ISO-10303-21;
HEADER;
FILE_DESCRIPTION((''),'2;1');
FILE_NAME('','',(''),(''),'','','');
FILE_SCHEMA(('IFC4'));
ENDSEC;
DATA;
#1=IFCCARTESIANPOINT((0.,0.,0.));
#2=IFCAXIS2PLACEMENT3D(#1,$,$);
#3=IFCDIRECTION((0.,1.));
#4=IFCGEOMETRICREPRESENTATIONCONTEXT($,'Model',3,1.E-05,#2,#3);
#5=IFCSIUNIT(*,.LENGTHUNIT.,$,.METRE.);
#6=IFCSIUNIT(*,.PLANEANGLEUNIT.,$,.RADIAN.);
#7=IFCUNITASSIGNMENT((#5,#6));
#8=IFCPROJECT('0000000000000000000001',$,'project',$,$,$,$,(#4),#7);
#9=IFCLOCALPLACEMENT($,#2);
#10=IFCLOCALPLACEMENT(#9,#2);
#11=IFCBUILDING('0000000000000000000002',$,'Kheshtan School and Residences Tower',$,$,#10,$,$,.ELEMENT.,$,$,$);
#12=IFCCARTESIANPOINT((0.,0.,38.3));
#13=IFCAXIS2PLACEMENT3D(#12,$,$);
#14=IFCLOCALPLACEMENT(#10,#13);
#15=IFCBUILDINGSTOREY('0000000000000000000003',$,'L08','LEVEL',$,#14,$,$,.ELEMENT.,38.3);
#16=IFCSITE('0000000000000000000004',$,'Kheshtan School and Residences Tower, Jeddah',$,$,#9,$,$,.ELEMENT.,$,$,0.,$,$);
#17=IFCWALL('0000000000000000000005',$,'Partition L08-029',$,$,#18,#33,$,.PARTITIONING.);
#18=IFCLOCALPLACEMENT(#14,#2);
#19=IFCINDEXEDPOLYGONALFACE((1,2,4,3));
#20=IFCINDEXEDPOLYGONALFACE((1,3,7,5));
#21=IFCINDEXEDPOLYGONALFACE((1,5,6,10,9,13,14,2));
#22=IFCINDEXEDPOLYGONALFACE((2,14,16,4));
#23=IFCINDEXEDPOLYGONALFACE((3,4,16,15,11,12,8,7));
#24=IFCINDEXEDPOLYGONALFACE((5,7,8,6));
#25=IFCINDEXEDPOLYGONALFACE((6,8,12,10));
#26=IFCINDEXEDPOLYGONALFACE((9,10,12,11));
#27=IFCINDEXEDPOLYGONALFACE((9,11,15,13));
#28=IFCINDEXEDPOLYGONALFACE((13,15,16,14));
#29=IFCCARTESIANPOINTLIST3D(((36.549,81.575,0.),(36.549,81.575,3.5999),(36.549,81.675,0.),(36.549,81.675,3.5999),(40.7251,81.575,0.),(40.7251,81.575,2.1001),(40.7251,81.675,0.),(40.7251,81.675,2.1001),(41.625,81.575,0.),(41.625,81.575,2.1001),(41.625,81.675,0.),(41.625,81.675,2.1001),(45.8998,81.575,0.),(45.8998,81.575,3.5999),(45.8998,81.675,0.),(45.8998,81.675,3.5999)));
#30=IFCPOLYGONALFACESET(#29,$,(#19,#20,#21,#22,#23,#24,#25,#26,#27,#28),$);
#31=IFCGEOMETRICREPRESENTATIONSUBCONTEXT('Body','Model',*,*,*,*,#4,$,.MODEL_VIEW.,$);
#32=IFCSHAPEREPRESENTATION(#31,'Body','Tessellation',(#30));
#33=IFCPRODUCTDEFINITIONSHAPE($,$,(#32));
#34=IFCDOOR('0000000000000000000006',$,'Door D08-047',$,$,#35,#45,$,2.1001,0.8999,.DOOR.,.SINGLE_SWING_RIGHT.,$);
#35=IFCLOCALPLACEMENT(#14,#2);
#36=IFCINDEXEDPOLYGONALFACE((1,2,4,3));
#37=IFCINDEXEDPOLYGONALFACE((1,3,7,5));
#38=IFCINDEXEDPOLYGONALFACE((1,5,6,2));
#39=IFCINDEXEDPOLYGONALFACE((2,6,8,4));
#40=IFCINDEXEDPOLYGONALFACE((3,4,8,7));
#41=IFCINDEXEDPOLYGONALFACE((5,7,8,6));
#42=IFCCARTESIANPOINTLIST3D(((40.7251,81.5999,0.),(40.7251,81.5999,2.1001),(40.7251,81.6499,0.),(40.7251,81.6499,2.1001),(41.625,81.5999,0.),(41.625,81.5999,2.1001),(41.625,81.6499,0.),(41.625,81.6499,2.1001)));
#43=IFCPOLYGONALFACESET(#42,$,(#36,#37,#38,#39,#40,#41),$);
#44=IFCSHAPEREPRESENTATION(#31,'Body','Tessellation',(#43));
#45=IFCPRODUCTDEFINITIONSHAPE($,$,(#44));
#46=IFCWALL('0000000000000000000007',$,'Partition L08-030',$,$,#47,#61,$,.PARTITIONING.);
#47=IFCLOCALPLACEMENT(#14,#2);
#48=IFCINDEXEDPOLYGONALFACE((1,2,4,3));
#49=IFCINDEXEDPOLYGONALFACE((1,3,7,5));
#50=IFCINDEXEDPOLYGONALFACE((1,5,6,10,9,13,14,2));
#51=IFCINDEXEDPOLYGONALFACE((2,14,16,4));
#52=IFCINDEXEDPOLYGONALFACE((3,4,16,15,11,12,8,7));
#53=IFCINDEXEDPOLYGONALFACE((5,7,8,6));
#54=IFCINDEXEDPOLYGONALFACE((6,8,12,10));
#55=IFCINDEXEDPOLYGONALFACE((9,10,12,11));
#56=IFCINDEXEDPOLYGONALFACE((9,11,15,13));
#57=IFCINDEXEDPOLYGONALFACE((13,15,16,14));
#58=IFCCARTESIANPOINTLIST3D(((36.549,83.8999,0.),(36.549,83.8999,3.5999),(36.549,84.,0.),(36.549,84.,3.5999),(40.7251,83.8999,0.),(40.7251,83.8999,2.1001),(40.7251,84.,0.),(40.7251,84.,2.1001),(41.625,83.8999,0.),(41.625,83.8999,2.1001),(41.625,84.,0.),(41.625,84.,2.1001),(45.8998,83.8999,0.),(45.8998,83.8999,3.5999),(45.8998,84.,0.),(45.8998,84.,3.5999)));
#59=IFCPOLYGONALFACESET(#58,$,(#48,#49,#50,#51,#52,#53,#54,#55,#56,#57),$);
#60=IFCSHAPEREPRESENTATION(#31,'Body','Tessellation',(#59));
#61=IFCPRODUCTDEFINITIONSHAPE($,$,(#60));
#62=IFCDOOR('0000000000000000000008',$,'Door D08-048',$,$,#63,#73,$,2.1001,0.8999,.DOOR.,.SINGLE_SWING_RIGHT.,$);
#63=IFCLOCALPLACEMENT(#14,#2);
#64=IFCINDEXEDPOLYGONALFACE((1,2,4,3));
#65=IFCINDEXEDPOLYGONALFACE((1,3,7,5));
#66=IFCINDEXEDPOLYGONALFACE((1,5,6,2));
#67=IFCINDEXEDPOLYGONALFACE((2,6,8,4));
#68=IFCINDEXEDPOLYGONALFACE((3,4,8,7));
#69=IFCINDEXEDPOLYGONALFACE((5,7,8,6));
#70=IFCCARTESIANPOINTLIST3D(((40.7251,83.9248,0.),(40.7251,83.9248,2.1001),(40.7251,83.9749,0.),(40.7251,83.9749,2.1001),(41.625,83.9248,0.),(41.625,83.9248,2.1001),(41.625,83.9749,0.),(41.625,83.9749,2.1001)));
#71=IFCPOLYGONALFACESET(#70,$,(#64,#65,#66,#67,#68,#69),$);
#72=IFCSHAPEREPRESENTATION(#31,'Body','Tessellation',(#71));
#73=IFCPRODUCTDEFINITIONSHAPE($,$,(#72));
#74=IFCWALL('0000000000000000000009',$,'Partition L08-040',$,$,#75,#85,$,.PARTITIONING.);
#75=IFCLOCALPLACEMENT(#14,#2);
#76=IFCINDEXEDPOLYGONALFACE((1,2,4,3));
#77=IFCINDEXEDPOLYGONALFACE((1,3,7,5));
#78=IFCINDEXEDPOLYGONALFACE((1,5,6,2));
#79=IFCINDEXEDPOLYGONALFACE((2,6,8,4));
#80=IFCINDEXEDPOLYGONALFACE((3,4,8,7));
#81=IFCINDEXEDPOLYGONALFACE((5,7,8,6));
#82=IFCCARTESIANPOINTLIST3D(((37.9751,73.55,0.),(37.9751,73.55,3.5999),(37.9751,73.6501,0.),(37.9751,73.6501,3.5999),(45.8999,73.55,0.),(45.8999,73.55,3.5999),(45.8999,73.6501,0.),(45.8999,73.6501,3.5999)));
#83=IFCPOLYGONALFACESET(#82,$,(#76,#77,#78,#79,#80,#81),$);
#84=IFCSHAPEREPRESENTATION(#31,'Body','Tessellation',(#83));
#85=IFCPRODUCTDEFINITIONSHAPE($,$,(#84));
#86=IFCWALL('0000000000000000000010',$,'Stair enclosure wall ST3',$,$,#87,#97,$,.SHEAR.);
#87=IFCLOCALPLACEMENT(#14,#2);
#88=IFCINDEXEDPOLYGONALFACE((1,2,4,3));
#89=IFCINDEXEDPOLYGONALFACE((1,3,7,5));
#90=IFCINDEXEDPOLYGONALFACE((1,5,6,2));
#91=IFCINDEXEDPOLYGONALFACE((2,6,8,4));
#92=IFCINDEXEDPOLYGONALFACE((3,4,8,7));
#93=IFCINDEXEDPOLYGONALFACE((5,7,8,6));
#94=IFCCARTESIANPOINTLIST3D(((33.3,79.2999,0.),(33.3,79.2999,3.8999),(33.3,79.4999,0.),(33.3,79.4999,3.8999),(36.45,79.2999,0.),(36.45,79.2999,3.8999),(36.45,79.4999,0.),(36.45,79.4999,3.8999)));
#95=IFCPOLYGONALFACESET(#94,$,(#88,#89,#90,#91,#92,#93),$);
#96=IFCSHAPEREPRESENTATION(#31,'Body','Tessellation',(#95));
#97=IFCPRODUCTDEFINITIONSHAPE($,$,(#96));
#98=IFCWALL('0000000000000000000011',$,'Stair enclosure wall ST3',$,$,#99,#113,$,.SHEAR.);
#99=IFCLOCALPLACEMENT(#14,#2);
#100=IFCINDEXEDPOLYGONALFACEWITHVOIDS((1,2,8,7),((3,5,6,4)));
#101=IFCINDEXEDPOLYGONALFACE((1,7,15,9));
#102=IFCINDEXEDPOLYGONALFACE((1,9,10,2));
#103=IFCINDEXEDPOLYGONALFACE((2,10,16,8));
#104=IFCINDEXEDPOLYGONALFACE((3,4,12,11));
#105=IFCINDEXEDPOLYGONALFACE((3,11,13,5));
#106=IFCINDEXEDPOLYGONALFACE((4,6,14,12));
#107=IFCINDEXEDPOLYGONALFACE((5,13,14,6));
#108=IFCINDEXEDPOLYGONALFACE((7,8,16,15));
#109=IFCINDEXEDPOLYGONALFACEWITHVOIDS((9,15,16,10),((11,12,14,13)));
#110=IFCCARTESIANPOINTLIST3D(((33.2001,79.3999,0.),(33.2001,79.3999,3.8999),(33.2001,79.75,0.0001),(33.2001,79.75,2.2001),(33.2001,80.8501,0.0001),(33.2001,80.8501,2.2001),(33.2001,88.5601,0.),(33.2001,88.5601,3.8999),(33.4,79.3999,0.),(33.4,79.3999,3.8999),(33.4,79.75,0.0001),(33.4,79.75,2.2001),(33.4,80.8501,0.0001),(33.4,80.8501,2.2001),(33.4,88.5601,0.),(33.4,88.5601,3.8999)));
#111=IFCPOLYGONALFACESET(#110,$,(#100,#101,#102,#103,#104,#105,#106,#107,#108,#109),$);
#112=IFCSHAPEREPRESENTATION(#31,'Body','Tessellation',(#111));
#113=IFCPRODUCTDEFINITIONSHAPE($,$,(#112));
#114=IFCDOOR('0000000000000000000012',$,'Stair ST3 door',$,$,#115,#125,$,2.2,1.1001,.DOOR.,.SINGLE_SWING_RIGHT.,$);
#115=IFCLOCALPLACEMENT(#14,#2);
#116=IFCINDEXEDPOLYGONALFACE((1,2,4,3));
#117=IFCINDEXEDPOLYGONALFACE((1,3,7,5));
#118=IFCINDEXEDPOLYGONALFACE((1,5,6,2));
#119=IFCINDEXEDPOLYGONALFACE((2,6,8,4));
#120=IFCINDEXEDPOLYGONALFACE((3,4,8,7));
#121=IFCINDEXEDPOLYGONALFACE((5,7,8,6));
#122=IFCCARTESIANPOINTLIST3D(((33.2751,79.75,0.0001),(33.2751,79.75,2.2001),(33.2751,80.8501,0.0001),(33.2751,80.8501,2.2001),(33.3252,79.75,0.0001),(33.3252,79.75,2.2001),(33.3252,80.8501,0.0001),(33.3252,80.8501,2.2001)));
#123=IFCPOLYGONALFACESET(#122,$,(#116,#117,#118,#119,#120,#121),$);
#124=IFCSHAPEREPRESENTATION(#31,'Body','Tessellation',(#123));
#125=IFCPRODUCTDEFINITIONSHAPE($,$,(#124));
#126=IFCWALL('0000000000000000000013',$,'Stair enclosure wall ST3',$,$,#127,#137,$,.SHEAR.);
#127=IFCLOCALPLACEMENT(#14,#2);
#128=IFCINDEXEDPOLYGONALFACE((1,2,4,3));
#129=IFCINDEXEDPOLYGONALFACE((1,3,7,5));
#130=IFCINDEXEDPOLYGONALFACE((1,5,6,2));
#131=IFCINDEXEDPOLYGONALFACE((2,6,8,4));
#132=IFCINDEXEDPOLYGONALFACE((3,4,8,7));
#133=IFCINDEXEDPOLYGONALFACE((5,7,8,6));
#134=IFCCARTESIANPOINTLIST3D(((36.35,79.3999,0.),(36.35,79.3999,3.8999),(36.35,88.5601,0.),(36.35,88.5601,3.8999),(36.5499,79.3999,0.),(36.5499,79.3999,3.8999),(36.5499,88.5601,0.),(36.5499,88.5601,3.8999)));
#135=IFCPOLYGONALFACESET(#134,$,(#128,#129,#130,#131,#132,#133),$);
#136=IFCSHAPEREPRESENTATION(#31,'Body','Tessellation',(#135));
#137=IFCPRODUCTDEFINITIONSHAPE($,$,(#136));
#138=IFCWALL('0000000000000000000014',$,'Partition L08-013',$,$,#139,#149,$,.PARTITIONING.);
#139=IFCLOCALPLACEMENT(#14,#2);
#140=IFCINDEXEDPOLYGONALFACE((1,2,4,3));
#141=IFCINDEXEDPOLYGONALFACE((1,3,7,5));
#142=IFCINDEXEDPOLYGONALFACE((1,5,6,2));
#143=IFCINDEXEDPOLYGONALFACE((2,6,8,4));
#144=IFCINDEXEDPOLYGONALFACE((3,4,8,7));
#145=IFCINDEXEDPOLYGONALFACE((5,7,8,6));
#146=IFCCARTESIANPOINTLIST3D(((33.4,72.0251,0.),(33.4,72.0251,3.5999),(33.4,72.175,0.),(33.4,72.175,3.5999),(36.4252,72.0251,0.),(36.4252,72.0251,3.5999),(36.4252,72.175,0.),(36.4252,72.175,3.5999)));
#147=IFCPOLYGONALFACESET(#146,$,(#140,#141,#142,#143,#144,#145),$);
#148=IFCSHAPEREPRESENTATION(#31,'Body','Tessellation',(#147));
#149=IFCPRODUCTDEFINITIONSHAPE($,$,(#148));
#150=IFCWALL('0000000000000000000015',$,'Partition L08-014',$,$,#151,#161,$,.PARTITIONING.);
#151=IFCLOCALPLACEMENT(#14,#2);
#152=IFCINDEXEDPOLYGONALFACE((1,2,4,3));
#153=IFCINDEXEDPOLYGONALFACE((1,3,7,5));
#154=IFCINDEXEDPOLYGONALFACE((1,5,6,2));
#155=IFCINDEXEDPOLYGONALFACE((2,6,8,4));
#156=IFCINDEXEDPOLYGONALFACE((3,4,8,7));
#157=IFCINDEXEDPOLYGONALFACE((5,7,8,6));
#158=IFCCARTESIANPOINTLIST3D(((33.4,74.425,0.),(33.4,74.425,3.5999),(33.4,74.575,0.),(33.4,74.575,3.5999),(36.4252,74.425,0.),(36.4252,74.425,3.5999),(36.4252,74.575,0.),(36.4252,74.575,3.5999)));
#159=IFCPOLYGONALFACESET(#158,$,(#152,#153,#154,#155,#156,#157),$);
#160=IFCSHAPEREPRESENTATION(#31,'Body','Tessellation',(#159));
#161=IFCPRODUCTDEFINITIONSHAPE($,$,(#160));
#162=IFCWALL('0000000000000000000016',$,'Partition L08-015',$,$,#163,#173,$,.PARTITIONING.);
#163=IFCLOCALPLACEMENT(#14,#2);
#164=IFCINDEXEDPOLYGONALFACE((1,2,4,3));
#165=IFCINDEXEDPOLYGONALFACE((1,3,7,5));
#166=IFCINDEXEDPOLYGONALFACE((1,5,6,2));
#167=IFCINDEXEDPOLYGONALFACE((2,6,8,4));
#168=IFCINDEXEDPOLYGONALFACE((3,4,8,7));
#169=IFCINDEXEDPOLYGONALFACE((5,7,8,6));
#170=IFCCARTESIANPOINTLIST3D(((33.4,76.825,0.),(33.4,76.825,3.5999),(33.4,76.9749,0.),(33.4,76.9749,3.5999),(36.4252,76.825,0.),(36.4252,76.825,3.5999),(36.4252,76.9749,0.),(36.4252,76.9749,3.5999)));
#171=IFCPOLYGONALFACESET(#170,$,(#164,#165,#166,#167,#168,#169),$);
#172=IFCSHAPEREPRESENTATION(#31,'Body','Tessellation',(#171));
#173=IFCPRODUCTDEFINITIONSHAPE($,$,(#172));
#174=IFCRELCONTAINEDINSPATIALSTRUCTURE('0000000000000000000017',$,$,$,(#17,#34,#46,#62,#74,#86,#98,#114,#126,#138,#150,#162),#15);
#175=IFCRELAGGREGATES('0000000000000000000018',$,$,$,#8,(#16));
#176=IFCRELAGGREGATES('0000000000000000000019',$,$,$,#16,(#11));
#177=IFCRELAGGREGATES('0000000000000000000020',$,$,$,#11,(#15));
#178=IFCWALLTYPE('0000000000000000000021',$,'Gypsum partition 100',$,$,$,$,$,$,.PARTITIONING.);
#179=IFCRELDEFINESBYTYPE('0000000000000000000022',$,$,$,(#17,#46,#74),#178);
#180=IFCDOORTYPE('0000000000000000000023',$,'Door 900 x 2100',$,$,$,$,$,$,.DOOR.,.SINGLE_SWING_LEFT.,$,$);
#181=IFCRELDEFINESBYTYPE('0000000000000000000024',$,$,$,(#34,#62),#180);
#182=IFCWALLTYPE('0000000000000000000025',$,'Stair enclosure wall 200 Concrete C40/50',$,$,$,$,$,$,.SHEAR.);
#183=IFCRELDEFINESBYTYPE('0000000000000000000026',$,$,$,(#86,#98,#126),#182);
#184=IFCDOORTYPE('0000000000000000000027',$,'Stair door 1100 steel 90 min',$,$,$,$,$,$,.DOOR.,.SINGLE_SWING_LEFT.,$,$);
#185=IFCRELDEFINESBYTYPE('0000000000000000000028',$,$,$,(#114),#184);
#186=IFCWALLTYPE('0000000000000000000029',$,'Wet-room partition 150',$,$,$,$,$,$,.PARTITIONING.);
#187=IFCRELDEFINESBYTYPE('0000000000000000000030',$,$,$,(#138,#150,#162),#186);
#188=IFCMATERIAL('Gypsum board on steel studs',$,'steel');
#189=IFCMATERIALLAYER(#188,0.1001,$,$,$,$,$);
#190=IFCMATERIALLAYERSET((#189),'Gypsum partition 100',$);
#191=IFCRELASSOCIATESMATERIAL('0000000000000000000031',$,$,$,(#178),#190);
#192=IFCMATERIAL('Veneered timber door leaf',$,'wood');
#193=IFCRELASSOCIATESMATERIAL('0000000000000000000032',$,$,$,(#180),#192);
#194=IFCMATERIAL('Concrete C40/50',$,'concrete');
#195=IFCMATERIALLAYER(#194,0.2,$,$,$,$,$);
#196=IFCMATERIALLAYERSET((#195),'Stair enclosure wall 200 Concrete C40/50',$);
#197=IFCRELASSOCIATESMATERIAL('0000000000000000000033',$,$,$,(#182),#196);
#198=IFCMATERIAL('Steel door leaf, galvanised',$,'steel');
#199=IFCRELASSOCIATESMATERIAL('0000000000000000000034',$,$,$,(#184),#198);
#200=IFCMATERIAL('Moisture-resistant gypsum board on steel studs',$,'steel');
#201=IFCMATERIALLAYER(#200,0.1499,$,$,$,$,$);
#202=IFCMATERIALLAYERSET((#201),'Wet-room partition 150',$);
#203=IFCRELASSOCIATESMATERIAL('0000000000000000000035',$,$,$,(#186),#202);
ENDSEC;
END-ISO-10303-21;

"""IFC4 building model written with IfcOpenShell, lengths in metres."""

from ifc_helpers import new_model, si_unit, direction, frame, frame_2d, origin, place, context, subcontext, project, spatial, rectangle, extrude, source, transform, mapped, material, layer, layer_set, type_object, element, fill, save


model = new_model("IFC4")

# Units and contexts
model_context = context("Model", 3, precision=1e-05, world=origin(), true_north=direction((0.0, 1.0)))
body_context = subcontext(model_context, "Body", "Model", "MODEL_VIEW")
ifc_project = project(units=[si_unit("LENGTHUNIT", "METRE"), si_unit("PLANEANGLEUNIT", "RADIAN")], contexts=[model_context])

# Site, building, storey
site_placement = place(None, origin())
site = spatial("IfcSite", under=ifc_project, at=site_placement, Name="Kheshtan School and Residences Tower, Jeddah", CompositionType="ELEMENT", RefElevation=0.0)
building_placement = place(site_placement, origin())
building = spatial("IfcBuilding", under=site, at=building_placement, Name="Kheshtan School and Residences Tower", CompositionType="ELEMENT")
storey_placement = place(building_placement, frame((0.0, 0.0, 38.3)))
storey = spatial("IfcBuildingStorey", under=building, at=storey_placement, Name="L08", Description="LEVEL", CompositionType="ELEMENT", Elevation=38.3)

# Walls, openings, doors
ifc_material_1 = material(Name="Gypsum board on steel studs", Category="steel")
ifc_layer_1 = layer(ifc_material_1, 0.1001)
ifc_layer_set_1 = layer_set([ifc_layer_1], Name="Gypsum partition 100")
wall_type_1 = type_object("IfcWallType", Name="Gypsum partition 100", PredefinedType="PARTITIONING", material=ifc_layer_set_1)
ifc_material_2 = material(Name="Veneered timber door leaf", Category="wood")
door_type_1 = type_object("IfcDoorType", Name="Door 900 x 2100", OperationType="SINGLE_SWING_LEFT", PredefinedType="DOOR", material=ifc_material_2)
shared_shape_1 = source(origin(), body_context, "Body", "SweptSolid", [
    extrude(rectangle(XDim=0.8999, YDim=2.1001, at=frame_2d((0.45, 1.05))), frame((0.0, 0.0249, 0.0), z_axis=(0.0, -1.0, 0.0), x_axis=(1.0, 0.0, 0.0)), (0.0, 0.0, 1.0), 0.05),
])
wall_1_placement = place(storey_placement, frame((36.5491, 81.625, 0.0), z_axis=(0.0, 0.0, 1.0), x_axis=(1.0, 0.0, 0.0)))
wall_1 = element("IfcWall", 1, at=wall_1_placement, inside=storey, type_object=wall_type_1, Name="Partition L08-029", PredefinedType="PARTITIONING", context=body_context, shape_type="SweptSolid", body=[
    extrude(rectangle(XDim=9.3508, YDim=0.1001, at=frame_2d((4.6753, 0.0))), origin(), (0.0, 0.0, 1.0), 3.5999),
])
opening_1_placement = place(wall_1_placement, frame((4.176, 0.0, 0.0)))
opening_1 = element("IfcOpeningElement", 2, at=opening_1_placement, cuts=wall_1, PredefinedType="OPENING", context=body_context, shape_type="SweptSolid", body=[
    extrude(rectangle(XDim=0.8999, YDim=2.1001, at=frame_2d((0.45, 1.05))), frame((0.0, 0.0601, 0.0), z_axis=(0.0, -1.0, 0.0), x_axis=(1.0, 0.0, 0.0)), (0.0, 0.0, 1.0), 0.1201),
])
door_1_placement = place(opening_1_placement, origin())
door_1 = element("IfcDoor", 3, at=door_1_placement, inside=storey, type_object=door_type_1, Name="Door D08-047", OperationType="SINGLE_SWING_RIGHT", OverallHeight=2.1001, OverallWidth=0.8999, PredefinedType="DOOR", context=body_context, shape_type="MappedRepresentation", body=[
    mapped(shared_shape_1, transform((0.0, 0.0, 0.0), x_axis=(1.0, 0.0, 0.0), y_axis=(0.0, 1.0, 0.0), z_axis=(0.0, 0.0, 1.0), scale=1.0)),
])
fill(opening_1, door_1)
wall_2_placement = place(storey_placement, frame((36.5491, 83.95, 0.0), z_axis=(0.0, 0.0, 1.0), x_axis=(1.0, 0.0, 0.0)))
wall_2 = element("IfcWall", 4, at=wall_2_placement, inside=storey, type_object=wall_type_1, Name="Partition L08-030", PredefinedType="PARTITIONING", context=body_context, shape_type="SweptSolid", body=[
    extrude(rectangle(XDim=9.3508, YDim=0.1001, at=frame_2d((4.6753, 0.0))), origin(), (0.0, 0.0, 1.0), 3.5999),
])
opening_2_placement = place(wall_2_placement, frame((4.176, 0.0, 0.0)))
opening_2 = element("IfcOpeningElement", 5, at=opening_2_placement, cuts=wall_2, PredefinedType="OPENING", context=body_context, shape_type="SweptSolid", body=[
    extrude(rectangle(XDim=0.8999, YDim=2.1001, at=frame_2d((0.45, 1.05))), frame((0.0, 0.0601, 0.0), z_axis=(0.0, -1.0, 0.0), x_axis=(1.0, 0.0, 0.0)), (0.0, 0.0, 1.0), 0.1201),
])
door_2_placement = place(opening_2_placement, origin())
door_2 = element("IfcDoor", 6, at=door_2_placement, inside=storey, type_object=door_type_1, Name="Door D08-048", OperationType="SINGLE_SWING_RIGHT", OverallHeight=2.1001, OverallWidth=0.8999, PredefinedType="DOOR", context=body_context, shape_type="MappedRepresentation", body=[
    mapped(shared_shape_1, transform((0.0, 0.0, 0.0), x_axis=(1.0, 0.0, 0.0), y_axis=(0.0, 1.0, 0.0), z_axis=(0.0, 0.0, 1.0), scale=1.0)),
])
fill(opening_2, door_2)

# Walls
wall_3_placement = place(storey_placement, frame((37.9751, 73.6001, 0.0), z_axis=(0.0, 0.0, 1.0), x_axis=(1.0, 0.0, 0.0)))
element("IfcWall", 7, at=wall_3_placement, inside=storey, type_object=wall_type_1, Name="Partition L08-040", PredefinedType="PARTITIONING", context=body_context, shape_type="SweptSolid", body=[
    extrude(rectangle(XDim=7.9248, YDim=0.1001, at=frame_2d((3.9624, 0.0))), origin(), (0.0, 0.0, 1.0), 3.5999),
])
ifc_material_3 = material(Name="Concrete C40/50", Category="concrete")
ifc_layer_2 = layer(ifc_material_3, 0.2)
ifc_layer_set_2 = layer_set([ifc_layer_2], Name="Stair enclosure wall 200 Concrete C40/50")
wall_type_2 = type_object("IfcWallType", Name="Stair enclosure wall 200 Concrete C40/50", PredefinedType="SHEAR", material=ifc_layer_set_2)
wall_4_placement = place(storey_placement, frame((33.3, 79.3999, 0.0), z_axis=(0.0, 0.0, 1.0), x_axis=(1.0, 0.0, 0.0)))
element("IfcWall", 8, at=wall_4_placement, inside=storey, type_object=wall_type_2, Name="Stair enclosure wall ST3", PredefinedType="SHEAR", context=body_context, shape_type="SweptSolid", body=[
    extrude(rectangle(XDim=3.1499, YDim=0.2, at=frame_2d((1.575, 0.0))), origin(), (0.0, 0.0, 1.0), 3.8999),
])

# Wall, opening, door
wall_5_placement = place(storey_placement, frame((33.3, 79.3999, 0.0), z_axis=(0.0, 0.0, 1.0), x_axis=(0.0, 1.0, 0.0)))
wall_5 = element("IfcWall", 9, at=wall_5_placement, inside=storey, type_object=wall_type_2, Name="Stair enclosure wall ST3", PredefinedType="SHEAR", context=body_context, shape_type="SweptSolid", body=[
    extrude(rectangle(XDim=9.1602, YDim=0.2, at=frame_2d((4.5801, 0.0))), origin(), (0.0, 0.0, 1.0), 3.8999),
])
opening_3_placement = place(wall_5_placement, frame((0.3501, 0.0, 0.0)))
opening_3 = element("IfcOpeningElement", 10, at=opening_3_placement, cuts=wall_5, PredefinedType="OPENING", context=body_context, shape_type="SweptSolid", body=[
    extrude(rectangle(XDim=1.1001, YDim=2.2, at=frame_2d((0.55, 1.1001))), frame((0.0, 0.1099, 0.0), z_axis=(0.0, -1.0, 0.0), x_axis=(1.0, 0.0, 0.0)), (0.0, 0.0, 1.0), 0.22),
])
ifc_material_4 = material(Name="Steel door leaf, galvanised", Category="steel")
door_type_2 = type_object("IfcDoorType", Name="Stair door 1100 steel 90 min", OperationType="SINGLE_SWING_LEFT", PredefinedType="DOOR", material=ifc_material_4)
shared_shape_2 = source(origin(), body_context, "Body", "SweptSolid", [
    extrude(rectangle(XDim=1.1001, YDim=2.2, at=frame_2d((0.55, 1.1001))), frame((0.0, 0.0249, 0.0), z_axis=(0.0, -1.0, 0.0), x_axis=(1.0, 0.0, 0.0)), (0.0, 0.0, 1.0), 0.05),
])
door_3_placement = place(opening_3_placement, origin())
door_3 = element("IfcDoor", 11, at=door_3_placement, inside=storey, type_object=door_type_2, Name="Stair ST3 door", OperationType="SINGLE_SWING_RIGHT", OverallHeight=2.2, OverallWidth=1.1001, PredefinedType="DOOR", context=body_context, shape_type="MappedRepresentation", body=[
    mapped(shared_shape_2, transform((0.0, 0.0, 0.0), x_axis=(1.0, 0.0, 0.0), y_axis=(0.0, 1.0, 0.0), z_axis=(0.0, 0.0, 1.0), scale=1.0)),
])
fill(opening_3, door_3)

# Walls
wall_6_placement = place(storey_placement, frame((36.45, 79.3999, 0.0), z_axis=(0.0, 0.0, 1.0), x_axis=(0.0, 1.0, 0.0)))
element("IfcWall", 12, at=wall_6_placement, inside=storey, type_object=wall_type_2, Name="Stair enclosure wall ST3", PredefinedType="SHEAR", context=body_context, shape_type="SweptSolid", body=[
    extrude(rectangle(XDim=9.1602, YDim=0.2, at=frame_2d((4.5801, 0.0))), origin(), (0.0, 0.0, 1.0), 3.8999),
])
ifc_material_5 = material(Name="Moisture-resistant gypsum board on steel studs", Category="steel")
ifc_layer_3 = layer(ifc_material_5, 0.1499)
ifc_layer_set_3 = layer_set([ifc_layer_3], Name="Wet-room partition 150")
wall_type_3 = type_object("IfcWallType", Name="Wet-room partition 150", PredefinedType="PARTITIONING", material=ifc_layer_set_3)
for number, where, z_axis, x_axis, name in (
    (13, (33.3999, 72.1001, 0.0), (0.0, 0.0, 1.0), (1.0, 0.0, 0.0), "Partition L08-013"),
    (14, (33.3999, 74.5, 0.0), (0.0, 0.0, 1.0), (1.0, 0.0, 0.0), "Partition L08-014"),
    (15, (33.3999, 76.8999, 0.0), (0.0, 0.0, 1.0), (1.0, 0.0, 0.0), "Partition L08-015"),
):
    element("IfcWall", number, at=place(storey_placement, frame(where, z_axis=z_axis, x_axis=x_axis)), inside=storey, type_object=wall_type_3, Name=name, PredefinedType="PARTITIONING", context=body_context, shape_type="SweptSolid", body=[
        extrude(rectangle(XDim=3.0251, YDim=0.1499, at=frame_2d((1.5127, 0.0))), origin(), (0.0, 0.0, 1.0), 3.5999),
    ])

save(model, "model.ifc")
